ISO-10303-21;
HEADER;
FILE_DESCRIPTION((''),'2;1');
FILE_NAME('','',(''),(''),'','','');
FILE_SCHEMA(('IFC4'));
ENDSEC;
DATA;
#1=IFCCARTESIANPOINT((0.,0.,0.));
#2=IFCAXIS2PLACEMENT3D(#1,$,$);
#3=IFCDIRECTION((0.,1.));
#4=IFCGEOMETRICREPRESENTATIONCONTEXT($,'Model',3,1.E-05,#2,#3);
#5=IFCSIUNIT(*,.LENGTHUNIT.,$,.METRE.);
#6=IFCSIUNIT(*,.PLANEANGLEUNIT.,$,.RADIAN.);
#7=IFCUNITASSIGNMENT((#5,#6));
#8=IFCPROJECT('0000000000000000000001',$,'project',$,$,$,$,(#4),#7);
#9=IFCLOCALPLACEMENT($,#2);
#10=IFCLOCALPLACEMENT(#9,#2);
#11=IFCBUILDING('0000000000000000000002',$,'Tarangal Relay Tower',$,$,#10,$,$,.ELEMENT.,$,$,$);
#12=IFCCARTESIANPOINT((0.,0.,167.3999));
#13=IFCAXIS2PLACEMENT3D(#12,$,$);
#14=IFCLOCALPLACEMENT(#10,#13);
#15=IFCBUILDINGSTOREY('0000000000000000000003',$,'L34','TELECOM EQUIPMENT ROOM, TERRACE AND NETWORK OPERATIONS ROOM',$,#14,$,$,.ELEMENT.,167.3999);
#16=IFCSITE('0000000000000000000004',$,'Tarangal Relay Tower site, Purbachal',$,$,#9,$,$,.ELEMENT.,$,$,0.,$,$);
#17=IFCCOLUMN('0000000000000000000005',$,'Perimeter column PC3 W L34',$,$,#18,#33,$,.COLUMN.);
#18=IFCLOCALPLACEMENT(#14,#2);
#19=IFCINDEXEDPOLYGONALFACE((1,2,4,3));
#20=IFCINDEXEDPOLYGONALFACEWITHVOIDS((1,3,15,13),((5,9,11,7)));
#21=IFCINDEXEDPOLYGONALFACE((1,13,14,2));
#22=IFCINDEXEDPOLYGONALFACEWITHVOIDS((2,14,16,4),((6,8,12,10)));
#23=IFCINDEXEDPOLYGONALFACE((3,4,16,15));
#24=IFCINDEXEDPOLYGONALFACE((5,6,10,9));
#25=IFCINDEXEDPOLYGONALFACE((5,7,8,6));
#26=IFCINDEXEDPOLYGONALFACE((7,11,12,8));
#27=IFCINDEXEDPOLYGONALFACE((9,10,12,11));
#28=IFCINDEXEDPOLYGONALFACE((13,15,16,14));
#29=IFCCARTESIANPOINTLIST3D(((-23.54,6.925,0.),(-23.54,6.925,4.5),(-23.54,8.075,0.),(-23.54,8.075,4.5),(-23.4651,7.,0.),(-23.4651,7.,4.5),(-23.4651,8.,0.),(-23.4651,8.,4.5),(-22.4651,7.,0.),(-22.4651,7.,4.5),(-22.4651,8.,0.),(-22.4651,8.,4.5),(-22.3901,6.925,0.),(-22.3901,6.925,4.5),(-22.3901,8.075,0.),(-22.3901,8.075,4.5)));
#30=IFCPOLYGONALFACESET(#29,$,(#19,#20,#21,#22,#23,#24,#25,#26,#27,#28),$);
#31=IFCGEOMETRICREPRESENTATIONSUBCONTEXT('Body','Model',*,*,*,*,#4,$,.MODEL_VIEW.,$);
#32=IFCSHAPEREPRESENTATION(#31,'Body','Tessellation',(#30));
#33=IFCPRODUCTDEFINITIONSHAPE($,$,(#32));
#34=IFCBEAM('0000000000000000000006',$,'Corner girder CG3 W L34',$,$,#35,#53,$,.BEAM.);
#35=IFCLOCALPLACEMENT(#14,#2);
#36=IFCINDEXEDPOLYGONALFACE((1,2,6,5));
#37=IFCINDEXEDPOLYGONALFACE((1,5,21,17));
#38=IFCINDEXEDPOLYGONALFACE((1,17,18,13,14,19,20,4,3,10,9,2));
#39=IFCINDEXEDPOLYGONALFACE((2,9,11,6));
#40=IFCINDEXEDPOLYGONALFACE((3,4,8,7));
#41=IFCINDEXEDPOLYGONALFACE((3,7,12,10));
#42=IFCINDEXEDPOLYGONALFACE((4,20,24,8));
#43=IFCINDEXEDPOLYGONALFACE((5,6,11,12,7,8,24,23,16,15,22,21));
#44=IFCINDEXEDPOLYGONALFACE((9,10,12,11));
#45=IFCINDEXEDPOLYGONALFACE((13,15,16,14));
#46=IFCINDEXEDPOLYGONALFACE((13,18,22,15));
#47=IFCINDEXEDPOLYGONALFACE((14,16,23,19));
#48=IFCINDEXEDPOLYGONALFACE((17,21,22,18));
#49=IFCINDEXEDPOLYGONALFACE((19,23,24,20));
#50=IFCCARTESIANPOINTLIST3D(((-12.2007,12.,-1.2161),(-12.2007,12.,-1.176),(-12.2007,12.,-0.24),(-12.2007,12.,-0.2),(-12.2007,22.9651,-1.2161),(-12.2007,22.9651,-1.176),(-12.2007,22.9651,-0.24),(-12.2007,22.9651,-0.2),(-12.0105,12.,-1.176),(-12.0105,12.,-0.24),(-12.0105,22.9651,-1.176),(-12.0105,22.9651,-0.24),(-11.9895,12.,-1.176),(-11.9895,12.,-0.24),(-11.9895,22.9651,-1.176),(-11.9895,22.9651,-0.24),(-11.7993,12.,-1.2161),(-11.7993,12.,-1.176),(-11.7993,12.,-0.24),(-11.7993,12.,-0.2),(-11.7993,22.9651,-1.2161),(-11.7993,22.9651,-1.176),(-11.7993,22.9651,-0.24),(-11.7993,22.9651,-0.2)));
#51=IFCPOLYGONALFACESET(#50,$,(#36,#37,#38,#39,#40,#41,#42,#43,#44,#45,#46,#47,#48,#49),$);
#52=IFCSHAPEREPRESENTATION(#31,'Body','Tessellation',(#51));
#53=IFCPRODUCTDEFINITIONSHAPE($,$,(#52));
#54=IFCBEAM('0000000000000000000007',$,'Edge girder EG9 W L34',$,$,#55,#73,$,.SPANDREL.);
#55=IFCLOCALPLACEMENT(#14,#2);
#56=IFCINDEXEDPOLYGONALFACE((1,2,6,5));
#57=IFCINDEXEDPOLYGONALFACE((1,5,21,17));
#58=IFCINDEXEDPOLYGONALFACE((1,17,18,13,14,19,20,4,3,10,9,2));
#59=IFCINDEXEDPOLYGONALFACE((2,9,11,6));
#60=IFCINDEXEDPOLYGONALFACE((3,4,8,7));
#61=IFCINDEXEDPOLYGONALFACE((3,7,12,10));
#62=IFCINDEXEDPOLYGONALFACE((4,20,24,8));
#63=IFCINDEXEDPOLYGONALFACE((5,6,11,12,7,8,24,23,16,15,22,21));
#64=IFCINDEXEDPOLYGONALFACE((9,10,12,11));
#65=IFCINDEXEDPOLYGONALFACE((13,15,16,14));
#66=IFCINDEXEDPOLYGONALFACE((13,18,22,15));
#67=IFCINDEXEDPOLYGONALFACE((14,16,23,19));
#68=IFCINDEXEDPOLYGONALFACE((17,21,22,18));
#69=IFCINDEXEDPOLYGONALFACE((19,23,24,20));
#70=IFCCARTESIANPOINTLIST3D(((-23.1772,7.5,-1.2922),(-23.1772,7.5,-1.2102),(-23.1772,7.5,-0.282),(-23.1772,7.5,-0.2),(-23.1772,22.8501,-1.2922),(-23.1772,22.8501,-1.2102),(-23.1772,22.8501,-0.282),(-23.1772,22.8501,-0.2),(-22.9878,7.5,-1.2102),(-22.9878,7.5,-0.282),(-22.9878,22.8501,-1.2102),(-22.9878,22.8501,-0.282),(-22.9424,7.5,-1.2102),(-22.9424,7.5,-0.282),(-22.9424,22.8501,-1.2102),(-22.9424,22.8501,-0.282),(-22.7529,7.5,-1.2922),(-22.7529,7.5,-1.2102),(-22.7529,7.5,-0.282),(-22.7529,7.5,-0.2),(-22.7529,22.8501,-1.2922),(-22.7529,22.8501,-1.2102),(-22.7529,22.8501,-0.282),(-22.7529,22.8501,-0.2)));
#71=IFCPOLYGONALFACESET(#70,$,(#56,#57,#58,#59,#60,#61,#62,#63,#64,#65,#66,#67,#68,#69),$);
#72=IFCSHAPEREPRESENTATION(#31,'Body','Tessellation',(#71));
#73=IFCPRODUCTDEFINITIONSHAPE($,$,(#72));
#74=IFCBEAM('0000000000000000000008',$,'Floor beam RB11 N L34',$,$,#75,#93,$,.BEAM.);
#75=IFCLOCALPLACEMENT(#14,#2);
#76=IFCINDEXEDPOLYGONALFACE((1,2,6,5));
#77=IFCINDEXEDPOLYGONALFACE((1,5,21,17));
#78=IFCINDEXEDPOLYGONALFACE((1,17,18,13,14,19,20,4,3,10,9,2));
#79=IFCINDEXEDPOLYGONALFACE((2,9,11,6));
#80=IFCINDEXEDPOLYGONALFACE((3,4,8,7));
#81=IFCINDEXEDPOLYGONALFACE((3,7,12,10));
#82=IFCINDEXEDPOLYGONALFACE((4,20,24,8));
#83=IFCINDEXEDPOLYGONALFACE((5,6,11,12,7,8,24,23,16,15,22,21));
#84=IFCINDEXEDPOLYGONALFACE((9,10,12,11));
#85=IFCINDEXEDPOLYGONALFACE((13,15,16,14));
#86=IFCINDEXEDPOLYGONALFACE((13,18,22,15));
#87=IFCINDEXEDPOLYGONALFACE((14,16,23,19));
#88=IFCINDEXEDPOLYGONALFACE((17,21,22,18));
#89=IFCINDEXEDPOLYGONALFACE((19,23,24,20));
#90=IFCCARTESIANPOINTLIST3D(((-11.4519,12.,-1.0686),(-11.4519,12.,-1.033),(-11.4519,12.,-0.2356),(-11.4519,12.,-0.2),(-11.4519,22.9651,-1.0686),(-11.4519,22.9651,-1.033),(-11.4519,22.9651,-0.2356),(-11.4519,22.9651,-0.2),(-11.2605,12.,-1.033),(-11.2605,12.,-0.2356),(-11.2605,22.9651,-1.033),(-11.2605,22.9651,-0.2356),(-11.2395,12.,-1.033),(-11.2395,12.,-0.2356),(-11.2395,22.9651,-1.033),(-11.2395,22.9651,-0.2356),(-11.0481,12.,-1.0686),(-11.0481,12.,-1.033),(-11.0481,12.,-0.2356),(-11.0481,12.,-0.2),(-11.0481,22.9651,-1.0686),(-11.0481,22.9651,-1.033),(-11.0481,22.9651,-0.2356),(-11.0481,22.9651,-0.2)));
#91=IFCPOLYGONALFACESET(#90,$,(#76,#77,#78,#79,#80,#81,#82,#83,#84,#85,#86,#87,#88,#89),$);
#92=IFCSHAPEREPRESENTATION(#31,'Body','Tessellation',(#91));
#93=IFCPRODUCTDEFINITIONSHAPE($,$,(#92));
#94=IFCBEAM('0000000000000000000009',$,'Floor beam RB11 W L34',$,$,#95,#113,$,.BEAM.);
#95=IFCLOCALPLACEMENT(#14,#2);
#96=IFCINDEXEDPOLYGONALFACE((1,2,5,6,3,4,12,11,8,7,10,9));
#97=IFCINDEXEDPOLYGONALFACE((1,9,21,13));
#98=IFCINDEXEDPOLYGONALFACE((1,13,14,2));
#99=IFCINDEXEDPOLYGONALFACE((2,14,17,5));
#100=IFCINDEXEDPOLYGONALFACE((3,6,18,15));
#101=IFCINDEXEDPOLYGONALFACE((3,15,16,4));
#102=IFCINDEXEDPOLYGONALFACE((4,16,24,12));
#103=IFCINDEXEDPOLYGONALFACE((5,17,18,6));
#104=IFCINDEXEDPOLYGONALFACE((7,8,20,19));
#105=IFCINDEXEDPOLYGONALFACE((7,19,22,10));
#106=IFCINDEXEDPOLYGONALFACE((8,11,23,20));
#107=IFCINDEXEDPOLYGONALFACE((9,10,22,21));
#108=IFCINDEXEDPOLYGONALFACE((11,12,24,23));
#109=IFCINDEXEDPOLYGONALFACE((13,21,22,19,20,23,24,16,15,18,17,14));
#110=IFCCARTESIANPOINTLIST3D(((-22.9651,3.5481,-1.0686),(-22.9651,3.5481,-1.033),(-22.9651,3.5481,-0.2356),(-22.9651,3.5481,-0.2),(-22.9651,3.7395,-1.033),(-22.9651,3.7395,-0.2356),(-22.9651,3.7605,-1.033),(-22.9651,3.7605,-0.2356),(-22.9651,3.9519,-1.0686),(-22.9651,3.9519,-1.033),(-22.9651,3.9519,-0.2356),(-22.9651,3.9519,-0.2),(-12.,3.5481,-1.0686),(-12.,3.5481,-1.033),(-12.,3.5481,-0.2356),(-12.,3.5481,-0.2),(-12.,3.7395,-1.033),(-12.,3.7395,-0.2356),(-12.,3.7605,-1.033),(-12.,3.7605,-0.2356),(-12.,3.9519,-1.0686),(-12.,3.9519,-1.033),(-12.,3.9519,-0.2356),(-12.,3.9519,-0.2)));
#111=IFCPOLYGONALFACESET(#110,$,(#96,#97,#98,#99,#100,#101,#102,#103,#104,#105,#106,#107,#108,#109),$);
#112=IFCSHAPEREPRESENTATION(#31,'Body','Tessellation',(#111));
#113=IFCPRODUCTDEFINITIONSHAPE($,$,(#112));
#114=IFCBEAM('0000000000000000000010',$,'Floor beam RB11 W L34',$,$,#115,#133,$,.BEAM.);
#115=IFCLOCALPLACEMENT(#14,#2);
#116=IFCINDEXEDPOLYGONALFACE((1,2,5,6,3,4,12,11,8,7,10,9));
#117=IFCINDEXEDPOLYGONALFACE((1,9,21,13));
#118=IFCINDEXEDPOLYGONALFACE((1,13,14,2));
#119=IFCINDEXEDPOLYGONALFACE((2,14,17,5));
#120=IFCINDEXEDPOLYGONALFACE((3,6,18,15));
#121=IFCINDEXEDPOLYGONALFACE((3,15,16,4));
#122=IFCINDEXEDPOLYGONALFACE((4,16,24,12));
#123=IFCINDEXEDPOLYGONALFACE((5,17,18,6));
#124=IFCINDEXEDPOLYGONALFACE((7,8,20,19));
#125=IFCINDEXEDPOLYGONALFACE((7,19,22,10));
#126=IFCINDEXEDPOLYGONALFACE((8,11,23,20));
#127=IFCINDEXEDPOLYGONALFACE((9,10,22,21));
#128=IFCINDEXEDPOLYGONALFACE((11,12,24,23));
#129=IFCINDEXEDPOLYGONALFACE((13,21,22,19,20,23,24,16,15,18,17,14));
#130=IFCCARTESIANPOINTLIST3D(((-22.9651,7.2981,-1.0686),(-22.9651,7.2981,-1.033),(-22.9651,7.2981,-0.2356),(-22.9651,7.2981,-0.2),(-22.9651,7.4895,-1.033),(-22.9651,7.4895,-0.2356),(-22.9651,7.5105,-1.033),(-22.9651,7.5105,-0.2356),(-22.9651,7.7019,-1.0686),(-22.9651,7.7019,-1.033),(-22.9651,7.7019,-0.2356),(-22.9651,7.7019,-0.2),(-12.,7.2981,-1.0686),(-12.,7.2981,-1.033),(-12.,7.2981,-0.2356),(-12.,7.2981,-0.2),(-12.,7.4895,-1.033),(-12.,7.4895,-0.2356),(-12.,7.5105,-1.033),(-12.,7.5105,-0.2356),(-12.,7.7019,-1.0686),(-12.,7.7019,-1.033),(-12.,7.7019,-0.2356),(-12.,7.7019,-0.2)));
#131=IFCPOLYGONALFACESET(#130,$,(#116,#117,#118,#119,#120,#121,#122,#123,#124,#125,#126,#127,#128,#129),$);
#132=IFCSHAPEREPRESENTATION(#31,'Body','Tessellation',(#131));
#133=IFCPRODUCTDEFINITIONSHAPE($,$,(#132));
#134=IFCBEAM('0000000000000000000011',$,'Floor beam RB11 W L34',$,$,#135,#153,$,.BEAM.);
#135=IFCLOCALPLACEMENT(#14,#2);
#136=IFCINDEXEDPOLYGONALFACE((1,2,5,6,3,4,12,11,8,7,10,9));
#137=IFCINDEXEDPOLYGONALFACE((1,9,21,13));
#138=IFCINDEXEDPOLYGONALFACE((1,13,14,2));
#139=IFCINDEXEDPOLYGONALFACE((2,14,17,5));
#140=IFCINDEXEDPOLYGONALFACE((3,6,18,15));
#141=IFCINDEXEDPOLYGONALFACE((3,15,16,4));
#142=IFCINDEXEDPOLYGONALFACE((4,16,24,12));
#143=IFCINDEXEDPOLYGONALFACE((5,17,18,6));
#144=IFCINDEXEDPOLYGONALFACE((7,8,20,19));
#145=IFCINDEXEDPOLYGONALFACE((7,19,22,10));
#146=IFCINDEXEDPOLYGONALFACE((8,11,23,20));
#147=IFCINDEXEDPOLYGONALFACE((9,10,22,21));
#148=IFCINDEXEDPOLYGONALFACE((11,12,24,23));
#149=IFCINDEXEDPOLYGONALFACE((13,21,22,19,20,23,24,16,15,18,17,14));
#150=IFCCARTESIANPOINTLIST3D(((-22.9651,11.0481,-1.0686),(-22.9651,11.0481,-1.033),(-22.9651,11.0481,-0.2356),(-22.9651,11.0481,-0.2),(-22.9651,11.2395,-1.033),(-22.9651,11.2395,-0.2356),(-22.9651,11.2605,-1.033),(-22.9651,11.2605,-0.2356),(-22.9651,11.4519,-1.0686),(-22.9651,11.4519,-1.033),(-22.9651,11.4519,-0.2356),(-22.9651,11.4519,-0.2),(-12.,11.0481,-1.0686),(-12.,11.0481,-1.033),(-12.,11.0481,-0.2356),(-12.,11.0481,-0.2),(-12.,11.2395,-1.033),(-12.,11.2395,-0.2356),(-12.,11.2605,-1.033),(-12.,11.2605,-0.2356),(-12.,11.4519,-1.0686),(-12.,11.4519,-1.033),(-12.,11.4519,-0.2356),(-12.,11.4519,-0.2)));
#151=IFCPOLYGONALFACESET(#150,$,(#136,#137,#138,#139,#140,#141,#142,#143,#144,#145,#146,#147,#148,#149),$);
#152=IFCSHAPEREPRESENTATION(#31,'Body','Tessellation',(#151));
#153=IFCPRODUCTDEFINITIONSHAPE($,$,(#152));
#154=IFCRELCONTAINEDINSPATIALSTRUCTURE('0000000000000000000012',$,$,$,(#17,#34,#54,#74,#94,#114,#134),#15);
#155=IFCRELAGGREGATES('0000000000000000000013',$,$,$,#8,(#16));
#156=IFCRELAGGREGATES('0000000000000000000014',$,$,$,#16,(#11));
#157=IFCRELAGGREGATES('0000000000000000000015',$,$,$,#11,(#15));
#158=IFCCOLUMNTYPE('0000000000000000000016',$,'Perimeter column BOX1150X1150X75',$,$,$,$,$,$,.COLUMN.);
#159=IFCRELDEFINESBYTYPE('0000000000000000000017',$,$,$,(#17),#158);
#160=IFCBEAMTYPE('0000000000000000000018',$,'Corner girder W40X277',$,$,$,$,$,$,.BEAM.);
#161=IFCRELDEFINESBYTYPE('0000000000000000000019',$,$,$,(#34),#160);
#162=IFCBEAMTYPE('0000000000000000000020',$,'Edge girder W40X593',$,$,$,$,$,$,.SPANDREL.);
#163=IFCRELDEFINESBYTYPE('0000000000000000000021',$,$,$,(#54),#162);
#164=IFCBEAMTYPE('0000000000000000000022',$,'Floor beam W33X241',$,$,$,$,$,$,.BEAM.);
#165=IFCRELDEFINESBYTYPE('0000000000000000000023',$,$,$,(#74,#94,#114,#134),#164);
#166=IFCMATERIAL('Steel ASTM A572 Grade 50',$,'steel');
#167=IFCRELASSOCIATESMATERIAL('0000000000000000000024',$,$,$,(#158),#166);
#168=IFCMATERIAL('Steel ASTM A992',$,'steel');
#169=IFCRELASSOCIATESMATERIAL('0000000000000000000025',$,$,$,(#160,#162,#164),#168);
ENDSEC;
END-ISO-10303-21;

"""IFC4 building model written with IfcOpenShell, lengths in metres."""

from ifc_helpers import new_model, si_unit, direction, frame, origin, origin_2d, place, context, subcontext, project, spatial, hollow_rectangle, i_section, extrude, material, material_profile, profile_set, type_object, element, save


model = new_model("IFC4")

# Units and contexts
model_context = context("Model", 3, precision=1e-05, world=origin(), true_north=direction((0.0, 1.0)))
body_context = subcontext(model_context, "Body", "Model", "MODEL_VIEW")
ifc_project = project(units=[si_unit("LENGTHUNIT", "METRE"), si_unit("PLANEANGLEUNIT", "RADIAN")], contexts=[model_context])

# Site, building, storey
site_placement = place(None, origin())
site = spatial("IfcSite", under=ifc_project, at=site_placement, Name="Tarangal Relay Tower site, Purbachal", CompositionType="ELEMENT", RefElevation=0.0)
building_placement = place(site_placement, origin())
building = spatial("IfcBuilding", under=site, at=building_placement, Name="Tarangal Relay Tower", CompositionType="ELEMENT")
storey_placement = place(building_placement, frame((0.0, 0.0, 167.3999)))
storey = spatial("IfcBuildingStorey", under=building, at=storey_placement, Name="L34", Description="TELECOM EQUIPMENT ROOM, TERRACE AND NETWORK OPERATIONS ROOM", CompositionType="ELEMENT", Elevation=167.3999)

# Column
ifc_material_1 = material(Name="Steel ASTM A572 Grade 50", Category="steel")
ifc_material_profile_1 = material_profile(ifc_material_1, hollow_rectangle(XDim=1.1499, YDim=1.1499, WallThickness=0.075, at=origin_2d()), Name="BOX1150X1150X75")
ifc_profile_set_1 = profile_set([ifc_material_profile_1], Name="Steel ASTM A572 Grade 50")
column_type = type_object("IfcColumnType", Name="Perimeter column BOX1150X1150X75", PredefinedType="COLUMN", material=ifc_profile_set_1)
column_placement = place(storey_placement, frame((-22.9651, 7.5, 0.0), z_axis=(0.0, 0.0, 1.0), x_axis=(1.0, 0.0, 0.0)))
element("IfcColumn", 1, at=column_placement, inside=storey, type_object=column_type, Name="Perimeter column PC3 W L34", PredefinedType="COLUMN", context=body_context, shape_type="SweptSolid", body=[
    extrude(hollow_rectangle(XDim=1.1499, YDim=1.1499, WallThickness=0.075, at=origin_2d()), origin(), (0.0, 0.0, 1.0), 4.5),
])

# Beams
ifc_material_2 = material(Name="Steel ASTM A992", Category="steel")
ifc_material_profile_2 = material_profile(ifc_material_2, i_section(OverallWidth=0.4014, OverallDepth=1.0161, WebThickness=0.021, FlangeThickness=0.04, at=origin_2d()), Name="W40X277")
ifc_profile_set_2 = profile_set([ifc_material_profile_2], Name="Steel ASTM A992")
beam_type_1 = type_object("IfcBeamType", Name="Corner girder W40X277", PredefinedType="BEAM", material=ifc_profile_set_2)
beam_1_placement = place(storey_placement, frame((-12.0, 12.0, -0.708), z_axis=(0.0, 1.0, 0.0), x_axis=(-1.0, 0.0, 0.0)))
element("IfcBeam", 2, at=beam_1_placement, inside=storey, type_object=beam_type_1, Name="Corner girder CG3 W L34", PredefinedType="BEAM", context=body_context, shape_type="SweptSolid", body=[
    extrude(i_section(OverallWidth=0.4014, OverallDepth=1.0161, WebThickness=0.021, FlangeThickness=0.04, at=origin_2d()), origin(), (0.0, 0.0, 1.0), 10.9651),
])
ifc_material_profile_3 = material_profile(ifc_material_2, i_section(OverallWidth=0.4243, OverallDepth=1.0923, WebThickness=0.0454, FlangeThickness=0.082, at=origin_2d()), Name="W40X593")
ifc_profile_set_3 = profile_set([ifc_material_profile_3], Name="Steel ASTM A992")
beam_type_2 = type_object("IfcBeamType", Name="Edge girder W40X593", PredefinedType="SPANDREL", material=ifc_profile_set_3)
beam_2_placement = place(storey_placement, frame((-22.9651, 7.5, -0.7461), z_axis=(0.0, 1.0, 0.0), x_axis=(-1.0, 0.0, 0.0)))
element("IfcBeam", 3, at=beam_2_placement, inside=storey, type_object=beam_type_2, Name="Edge girder EG9 W L34", PredefinedType="SPANDREL", context=body_context, shape_type="SweptSolid", body=[
    extrude(i_section(OverallWidth=0.4243, OverallDepth=1.0923, WebThickness=0.0454, FlangeThickness=0.082, at=origin_2d()), origin(), (0.0, 0.0, 1.0), 15.3501),
])
ifc_material_profile_4 = material_profile(ifc_material_2, i_section(OverallWidth=0.4038, OverallDepth=0.8687, WebThickness=0.021, FlangeThickness=0.0356, at=origin_2d()), Name="W33X241")
ifc_profile_set_4 = profile_set([ifc_material_profile_4], Name="Steel ASTM A992")
beam_type_3 = type_object("IfcBeamType", Name="Floor beam W33X241", PredefinedType="BEAM", material=ifc_profile_set_4)
for number, where, z_axis, x_axis, name in (
    (4, (-11.25, 12.0, -0.6343), (0.0, 1.0, 0.0), (-1.0, 0.0, 0.0), "Floor beam RB11 N L34"),
    (5, (-12.0, 3.75, -0.6343), (-1.0, 0.0, 0.0), (0.0, -1.0, 0.0), "Floor beam RB11 W L34"),
    (6, (-12.0, 7.5, -0.6343), (-1.0, 0.0, 0.0), (0.0, -1.0, 0.0), "Floor beam RB11 W L34"),
    (7, (-12.0, 11.25, -0.6343), (-1.0, 0.0, 0.0), (0.0, -1.0, 0.0), "Floor beam RB11 W L34"),
):
    element("IfcBeam", number, at=place(storey_placement, frame(where, z_axis=z_axis, x_axis=x_axis)), inside=storey, type_object=beam_type_3, Name=name, PredefinedType="BEAM", context=body_context, shape_type="SweptSolid", body=[
        extrude(i_section(OverallWidth=0.4038, OverallDepth=0.8687, WebThickness=0.021, FlangeThickness=0.0356, at=origin_2d()), origin(), (0.0, 0.0, 1.0), 10.9651),
    ])

save(model, "model.ifc")
